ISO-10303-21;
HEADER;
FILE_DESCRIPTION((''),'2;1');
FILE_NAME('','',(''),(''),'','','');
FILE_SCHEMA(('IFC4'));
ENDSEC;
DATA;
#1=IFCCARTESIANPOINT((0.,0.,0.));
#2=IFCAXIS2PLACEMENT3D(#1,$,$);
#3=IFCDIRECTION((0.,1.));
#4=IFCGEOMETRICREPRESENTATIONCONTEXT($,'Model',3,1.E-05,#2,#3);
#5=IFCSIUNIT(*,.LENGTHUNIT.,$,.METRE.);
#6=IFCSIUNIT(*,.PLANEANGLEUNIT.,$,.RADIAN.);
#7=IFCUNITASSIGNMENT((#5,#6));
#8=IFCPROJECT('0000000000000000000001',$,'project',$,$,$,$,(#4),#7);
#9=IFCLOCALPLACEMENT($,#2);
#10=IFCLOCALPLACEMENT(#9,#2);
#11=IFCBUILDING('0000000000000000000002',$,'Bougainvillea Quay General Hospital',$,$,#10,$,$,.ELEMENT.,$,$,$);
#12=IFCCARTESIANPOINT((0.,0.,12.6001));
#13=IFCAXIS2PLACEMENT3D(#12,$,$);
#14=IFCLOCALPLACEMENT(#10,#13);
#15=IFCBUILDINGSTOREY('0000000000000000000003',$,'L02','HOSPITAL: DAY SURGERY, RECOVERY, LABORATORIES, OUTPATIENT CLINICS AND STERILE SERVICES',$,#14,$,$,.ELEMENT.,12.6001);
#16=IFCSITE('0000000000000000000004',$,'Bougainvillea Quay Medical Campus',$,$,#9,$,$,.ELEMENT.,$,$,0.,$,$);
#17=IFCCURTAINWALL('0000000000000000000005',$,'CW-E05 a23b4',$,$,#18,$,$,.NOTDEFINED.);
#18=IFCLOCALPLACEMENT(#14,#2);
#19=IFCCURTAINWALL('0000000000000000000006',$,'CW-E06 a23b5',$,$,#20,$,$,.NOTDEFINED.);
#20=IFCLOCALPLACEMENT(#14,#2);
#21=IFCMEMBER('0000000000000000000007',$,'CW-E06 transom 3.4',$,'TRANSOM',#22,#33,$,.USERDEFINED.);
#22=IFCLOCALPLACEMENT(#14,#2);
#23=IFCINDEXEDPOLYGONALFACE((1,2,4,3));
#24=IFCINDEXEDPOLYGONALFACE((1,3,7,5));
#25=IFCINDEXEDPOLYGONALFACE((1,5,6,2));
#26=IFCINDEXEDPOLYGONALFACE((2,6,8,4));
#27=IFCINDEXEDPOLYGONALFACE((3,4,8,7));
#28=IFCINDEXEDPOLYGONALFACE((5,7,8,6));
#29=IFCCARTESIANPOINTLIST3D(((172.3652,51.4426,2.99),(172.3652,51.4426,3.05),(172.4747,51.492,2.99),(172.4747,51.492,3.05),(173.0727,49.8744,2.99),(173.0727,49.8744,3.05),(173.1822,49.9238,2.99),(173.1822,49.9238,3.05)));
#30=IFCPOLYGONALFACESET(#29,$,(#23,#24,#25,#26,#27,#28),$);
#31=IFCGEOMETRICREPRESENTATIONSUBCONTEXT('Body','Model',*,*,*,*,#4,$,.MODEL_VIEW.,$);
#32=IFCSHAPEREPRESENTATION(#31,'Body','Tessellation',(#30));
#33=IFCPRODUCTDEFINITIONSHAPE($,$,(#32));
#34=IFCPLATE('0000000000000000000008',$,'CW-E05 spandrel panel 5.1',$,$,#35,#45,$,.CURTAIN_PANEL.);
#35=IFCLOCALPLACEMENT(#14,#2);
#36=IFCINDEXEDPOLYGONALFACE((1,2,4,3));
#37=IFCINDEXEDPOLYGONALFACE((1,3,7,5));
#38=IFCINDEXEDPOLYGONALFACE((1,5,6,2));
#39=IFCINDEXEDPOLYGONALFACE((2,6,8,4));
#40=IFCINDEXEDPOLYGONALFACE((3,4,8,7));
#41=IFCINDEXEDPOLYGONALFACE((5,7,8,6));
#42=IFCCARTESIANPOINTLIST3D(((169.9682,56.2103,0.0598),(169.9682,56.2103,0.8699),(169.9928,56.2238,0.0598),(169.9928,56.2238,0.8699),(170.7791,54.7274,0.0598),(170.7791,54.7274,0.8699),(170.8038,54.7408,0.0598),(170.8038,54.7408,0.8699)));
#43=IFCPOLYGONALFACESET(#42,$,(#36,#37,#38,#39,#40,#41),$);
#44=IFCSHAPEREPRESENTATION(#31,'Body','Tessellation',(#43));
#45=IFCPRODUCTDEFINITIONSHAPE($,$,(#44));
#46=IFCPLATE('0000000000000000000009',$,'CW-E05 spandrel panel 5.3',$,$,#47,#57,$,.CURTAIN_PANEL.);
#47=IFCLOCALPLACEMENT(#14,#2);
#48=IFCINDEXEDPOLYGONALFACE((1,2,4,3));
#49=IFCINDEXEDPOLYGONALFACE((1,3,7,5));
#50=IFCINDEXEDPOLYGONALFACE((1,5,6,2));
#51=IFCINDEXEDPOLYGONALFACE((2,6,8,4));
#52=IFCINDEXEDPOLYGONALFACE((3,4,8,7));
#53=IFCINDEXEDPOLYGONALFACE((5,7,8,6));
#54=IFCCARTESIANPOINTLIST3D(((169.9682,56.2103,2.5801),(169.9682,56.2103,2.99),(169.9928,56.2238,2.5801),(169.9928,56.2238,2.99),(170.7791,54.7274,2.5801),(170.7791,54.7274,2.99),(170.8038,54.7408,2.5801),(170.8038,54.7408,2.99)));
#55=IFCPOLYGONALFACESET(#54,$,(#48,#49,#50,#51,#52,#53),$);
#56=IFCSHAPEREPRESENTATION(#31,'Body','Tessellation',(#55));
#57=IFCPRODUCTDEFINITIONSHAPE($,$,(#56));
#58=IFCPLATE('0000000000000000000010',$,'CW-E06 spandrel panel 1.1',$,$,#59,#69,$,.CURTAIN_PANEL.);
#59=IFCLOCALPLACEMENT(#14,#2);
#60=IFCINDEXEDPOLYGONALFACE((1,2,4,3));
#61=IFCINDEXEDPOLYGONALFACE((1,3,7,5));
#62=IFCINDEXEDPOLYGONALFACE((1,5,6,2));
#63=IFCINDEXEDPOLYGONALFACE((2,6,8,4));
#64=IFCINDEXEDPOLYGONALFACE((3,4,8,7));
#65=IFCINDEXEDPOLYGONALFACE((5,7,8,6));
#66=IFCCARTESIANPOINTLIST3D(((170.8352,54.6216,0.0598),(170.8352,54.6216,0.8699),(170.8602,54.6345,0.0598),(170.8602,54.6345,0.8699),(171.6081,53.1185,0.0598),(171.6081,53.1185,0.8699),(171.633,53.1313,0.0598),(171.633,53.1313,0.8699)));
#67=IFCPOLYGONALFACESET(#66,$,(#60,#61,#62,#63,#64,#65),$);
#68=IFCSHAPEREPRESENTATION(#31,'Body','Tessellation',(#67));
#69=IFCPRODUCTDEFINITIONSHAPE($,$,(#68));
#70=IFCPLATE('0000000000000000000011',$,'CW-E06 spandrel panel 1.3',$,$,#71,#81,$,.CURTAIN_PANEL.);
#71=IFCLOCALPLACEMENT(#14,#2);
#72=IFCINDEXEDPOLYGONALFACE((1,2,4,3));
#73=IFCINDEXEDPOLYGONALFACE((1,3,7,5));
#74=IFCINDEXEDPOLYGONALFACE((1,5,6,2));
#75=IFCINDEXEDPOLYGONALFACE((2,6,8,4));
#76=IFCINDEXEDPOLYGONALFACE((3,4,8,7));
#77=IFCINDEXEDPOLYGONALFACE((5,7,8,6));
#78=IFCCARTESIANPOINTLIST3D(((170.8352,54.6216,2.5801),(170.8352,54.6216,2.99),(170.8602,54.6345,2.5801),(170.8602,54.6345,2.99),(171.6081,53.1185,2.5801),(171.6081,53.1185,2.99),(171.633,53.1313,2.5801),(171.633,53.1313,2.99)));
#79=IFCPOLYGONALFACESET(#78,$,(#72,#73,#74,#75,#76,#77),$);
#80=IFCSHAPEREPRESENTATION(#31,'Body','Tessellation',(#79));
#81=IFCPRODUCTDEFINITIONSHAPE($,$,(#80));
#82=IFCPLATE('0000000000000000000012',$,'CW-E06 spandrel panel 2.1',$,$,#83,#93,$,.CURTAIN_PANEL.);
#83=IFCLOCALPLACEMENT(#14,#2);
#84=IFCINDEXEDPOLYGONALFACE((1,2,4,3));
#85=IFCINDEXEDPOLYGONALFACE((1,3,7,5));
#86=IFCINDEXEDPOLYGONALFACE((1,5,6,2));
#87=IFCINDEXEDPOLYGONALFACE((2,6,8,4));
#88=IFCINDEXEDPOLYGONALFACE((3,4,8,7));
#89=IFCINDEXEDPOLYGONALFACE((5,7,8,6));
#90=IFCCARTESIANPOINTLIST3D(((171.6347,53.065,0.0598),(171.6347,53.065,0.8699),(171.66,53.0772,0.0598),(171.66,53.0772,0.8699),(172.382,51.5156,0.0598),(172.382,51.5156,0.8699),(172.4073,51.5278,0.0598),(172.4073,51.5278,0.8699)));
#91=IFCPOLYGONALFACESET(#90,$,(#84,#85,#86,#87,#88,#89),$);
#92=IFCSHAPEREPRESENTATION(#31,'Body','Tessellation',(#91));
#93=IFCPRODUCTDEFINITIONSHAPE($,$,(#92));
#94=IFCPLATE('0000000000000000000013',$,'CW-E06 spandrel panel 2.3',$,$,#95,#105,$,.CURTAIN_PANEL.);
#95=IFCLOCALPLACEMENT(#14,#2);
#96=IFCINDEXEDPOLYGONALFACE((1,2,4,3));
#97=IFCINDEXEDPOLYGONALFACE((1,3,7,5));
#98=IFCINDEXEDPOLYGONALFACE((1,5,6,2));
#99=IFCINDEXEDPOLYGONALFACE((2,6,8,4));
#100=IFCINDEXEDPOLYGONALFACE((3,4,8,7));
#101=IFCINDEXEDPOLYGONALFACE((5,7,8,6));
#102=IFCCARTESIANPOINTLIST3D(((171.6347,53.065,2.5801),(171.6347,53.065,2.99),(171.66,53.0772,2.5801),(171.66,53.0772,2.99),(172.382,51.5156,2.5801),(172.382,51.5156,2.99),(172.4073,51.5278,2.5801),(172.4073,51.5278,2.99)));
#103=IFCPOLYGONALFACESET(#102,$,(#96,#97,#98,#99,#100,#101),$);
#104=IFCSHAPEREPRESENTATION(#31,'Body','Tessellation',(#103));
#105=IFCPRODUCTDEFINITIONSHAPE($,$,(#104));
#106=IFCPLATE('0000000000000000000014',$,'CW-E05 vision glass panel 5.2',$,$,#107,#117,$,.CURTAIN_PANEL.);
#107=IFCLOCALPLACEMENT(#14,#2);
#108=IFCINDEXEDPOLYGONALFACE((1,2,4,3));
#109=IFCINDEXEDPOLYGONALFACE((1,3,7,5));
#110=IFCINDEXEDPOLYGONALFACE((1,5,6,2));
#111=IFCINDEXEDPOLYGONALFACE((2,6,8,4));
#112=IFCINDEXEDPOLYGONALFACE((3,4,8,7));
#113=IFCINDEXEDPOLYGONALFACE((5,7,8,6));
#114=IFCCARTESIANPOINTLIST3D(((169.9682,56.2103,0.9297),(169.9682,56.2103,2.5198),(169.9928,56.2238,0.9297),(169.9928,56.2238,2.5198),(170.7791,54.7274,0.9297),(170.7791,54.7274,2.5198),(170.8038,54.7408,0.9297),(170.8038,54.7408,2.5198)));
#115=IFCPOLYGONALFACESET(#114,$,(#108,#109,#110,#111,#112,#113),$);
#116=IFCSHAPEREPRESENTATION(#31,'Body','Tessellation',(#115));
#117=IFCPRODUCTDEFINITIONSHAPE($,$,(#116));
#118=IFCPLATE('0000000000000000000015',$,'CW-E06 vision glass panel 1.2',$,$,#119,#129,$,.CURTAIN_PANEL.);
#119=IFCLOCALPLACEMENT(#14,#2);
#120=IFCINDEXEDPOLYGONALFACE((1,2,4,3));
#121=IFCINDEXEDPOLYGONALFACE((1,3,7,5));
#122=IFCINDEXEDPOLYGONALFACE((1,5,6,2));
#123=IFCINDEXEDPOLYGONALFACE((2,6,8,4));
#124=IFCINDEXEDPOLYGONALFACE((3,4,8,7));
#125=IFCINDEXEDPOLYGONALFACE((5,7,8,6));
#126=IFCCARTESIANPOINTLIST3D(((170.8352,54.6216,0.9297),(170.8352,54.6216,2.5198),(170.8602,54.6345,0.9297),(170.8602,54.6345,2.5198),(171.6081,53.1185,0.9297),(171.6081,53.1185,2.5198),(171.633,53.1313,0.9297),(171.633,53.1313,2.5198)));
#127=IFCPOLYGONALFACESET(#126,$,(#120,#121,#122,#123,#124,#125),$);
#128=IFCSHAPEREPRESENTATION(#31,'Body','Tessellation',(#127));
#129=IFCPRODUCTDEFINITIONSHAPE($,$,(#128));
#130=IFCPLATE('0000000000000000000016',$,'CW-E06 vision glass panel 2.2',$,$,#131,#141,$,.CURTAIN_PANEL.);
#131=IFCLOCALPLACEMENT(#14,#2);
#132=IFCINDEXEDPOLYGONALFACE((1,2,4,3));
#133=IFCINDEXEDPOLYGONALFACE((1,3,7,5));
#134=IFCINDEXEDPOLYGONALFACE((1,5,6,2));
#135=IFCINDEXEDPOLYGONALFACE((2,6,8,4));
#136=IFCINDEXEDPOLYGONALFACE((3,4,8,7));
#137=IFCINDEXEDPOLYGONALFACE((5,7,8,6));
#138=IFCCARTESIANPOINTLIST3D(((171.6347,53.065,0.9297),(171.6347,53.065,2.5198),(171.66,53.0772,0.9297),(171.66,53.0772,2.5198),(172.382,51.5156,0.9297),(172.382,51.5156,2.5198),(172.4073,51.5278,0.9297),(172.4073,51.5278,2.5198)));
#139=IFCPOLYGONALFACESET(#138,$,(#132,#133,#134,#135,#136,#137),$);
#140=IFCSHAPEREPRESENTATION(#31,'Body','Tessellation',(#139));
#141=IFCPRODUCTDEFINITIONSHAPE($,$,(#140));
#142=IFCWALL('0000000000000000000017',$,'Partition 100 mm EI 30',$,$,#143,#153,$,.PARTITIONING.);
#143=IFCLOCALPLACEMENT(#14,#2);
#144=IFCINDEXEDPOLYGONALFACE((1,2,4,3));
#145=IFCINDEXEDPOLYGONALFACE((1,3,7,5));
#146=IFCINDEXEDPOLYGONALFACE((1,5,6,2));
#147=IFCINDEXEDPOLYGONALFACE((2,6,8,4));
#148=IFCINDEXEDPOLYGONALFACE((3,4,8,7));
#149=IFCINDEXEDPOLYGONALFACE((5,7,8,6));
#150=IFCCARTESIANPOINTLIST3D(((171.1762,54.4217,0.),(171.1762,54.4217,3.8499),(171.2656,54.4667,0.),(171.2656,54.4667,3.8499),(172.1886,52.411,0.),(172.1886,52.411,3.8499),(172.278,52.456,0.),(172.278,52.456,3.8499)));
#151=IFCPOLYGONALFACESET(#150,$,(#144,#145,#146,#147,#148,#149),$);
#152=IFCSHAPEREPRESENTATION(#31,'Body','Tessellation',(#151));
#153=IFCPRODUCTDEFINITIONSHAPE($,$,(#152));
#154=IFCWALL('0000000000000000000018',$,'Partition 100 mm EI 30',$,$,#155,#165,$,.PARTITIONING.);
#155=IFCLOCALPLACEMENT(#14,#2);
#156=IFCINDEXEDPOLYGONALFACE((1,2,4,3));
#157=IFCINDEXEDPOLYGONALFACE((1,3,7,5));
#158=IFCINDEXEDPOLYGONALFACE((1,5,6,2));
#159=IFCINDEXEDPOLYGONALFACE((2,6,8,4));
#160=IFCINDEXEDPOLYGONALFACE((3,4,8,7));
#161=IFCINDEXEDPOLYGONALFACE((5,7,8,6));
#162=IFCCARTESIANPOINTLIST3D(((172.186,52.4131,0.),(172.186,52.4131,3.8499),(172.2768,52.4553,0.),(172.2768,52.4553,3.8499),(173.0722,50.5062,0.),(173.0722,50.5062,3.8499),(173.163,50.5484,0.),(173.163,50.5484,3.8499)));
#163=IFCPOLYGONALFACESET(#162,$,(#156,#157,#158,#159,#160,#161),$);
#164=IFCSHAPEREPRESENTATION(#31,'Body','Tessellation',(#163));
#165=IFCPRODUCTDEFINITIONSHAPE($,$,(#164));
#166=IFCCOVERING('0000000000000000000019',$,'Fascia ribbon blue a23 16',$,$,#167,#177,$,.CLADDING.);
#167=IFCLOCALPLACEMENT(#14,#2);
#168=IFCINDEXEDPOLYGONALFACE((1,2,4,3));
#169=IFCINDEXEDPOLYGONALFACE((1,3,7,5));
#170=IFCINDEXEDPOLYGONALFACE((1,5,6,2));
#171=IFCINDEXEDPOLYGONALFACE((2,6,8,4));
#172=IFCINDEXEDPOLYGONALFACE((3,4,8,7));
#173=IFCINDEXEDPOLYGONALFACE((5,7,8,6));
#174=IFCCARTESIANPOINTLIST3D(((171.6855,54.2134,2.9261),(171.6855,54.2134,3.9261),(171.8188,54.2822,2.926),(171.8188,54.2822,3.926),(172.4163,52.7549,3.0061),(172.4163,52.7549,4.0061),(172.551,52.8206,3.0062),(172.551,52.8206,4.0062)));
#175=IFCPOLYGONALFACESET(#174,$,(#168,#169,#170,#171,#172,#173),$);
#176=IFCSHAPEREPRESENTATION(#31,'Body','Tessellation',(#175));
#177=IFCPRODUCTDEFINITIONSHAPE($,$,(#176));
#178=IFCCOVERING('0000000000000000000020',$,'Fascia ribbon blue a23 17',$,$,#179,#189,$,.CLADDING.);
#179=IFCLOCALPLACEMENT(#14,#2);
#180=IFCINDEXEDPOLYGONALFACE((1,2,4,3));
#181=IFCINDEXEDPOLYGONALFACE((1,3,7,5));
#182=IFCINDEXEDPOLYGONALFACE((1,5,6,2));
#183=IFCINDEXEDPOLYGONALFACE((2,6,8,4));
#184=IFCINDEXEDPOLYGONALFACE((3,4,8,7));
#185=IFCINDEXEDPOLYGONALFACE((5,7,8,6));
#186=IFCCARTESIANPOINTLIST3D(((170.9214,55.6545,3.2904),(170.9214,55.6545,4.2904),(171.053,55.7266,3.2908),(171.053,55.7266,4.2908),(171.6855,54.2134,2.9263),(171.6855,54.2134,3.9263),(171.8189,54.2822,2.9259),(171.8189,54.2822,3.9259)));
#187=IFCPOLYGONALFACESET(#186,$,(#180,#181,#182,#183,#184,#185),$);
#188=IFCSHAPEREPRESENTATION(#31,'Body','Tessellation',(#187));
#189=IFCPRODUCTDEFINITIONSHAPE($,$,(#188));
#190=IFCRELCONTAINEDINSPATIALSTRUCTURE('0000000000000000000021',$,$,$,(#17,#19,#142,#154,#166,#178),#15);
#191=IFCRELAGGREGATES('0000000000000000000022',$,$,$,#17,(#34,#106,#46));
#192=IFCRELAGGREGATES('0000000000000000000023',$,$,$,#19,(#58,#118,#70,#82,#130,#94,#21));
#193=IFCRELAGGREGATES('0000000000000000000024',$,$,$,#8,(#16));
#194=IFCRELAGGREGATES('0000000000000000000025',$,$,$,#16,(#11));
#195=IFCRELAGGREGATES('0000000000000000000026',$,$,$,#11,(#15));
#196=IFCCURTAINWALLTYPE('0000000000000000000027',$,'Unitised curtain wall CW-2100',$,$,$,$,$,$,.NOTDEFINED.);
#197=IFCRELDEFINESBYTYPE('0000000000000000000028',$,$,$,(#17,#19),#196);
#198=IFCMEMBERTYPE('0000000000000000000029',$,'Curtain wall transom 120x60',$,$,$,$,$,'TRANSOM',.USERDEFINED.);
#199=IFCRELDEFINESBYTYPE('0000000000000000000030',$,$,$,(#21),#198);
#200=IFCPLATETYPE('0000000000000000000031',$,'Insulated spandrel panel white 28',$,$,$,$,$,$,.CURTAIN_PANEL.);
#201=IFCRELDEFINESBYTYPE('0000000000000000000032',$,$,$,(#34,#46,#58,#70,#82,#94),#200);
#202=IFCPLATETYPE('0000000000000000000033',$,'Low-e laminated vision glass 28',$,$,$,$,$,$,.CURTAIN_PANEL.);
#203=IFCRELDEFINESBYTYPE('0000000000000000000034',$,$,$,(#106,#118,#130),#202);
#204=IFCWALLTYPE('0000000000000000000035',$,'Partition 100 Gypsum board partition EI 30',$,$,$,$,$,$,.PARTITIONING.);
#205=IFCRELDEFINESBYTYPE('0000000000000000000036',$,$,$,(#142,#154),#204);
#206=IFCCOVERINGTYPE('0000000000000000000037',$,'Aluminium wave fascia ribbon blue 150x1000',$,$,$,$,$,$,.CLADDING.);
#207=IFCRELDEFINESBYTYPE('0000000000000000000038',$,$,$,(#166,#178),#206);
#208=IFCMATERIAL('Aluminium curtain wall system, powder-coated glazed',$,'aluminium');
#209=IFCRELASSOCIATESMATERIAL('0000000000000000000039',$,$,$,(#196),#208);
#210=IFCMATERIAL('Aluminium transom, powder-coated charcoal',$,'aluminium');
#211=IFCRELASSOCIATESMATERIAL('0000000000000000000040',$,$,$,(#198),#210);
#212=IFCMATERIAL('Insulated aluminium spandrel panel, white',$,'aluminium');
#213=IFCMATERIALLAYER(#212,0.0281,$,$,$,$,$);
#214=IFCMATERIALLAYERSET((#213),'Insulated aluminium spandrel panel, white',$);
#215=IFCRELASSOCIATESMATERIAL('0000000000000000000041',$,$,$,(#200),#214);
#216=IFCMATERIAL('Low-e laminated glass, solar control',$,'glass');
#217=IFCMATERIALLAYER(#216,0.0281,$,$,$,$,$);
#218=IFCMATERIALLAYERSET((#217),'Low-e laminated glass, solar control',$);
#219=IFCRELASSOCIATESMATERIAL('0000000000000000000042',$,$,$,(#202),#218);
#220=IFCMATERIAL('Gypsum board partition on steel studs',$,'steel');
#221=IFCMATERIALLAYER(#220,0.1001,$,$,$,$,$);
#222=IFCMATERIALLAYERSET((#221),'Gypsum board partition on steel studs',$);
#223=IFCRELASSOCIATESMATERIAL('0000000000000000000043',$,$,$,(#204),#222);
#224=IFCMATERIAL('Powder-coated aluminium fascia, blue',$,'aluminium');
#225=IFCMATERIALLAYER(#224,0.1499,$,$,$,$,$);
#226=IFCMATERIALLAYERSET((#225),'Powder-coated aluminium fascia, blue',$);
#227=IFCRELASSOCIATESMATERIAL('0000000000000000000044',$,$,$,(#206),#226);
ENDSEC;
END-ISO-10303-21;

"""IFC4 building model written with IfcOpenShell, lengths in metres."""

from ifc_helpers import new_model, si_unit, direction, frame, frame_2d, origin, origin_2d, place, context, subcontext, project, spatial, polyline, rectangle, outline, extrude, material, layer, layer_set, material_profile, profile_set, type_object, element, aggregate, save


model = new_model("IFC4")

# Units and contexts
model_context = context("Model", 3, precision=1e-05, world=origin(), true_north=direction((0.0, 1.0)))
body_context = subcontext(model_context, "Body", "Model", "MODEL_VIEW")
ifc_project = project(units=[si_unit("LENGTHUNIT", "METRE"), si_unit("PLANEANGLEUNIT", "RADIAN")], contexts=[model_context])

# Site, building, storey
site_placement = place(None, origin())
site = spatial("IfcSite", under=ifc_project, at=site_placement, Name="Bougainvillea Quay Medical Campus", CompositionType="ELEMENT", RefElevation=0.0)
building_placement = place(site_placement, origin())
building = spatial("IfcBuilding", under=site, at=building_placement, Name="Bougainvillea Quay General Hospital", CompositionType="ELEMENT")
storey_placement = place(building_placement, frame((0.0, 0.0, 12.6001)))
storey = spatial("IfcBuildingStorey", under=building, at=storey_placement, Name="L02", Description="HOSPITAL: DAY SURGERY, RECOVERY, LABORATORIES, OUTPATIENT CLINICS AND STERILE SERVICES", CompositionType="ELEMENT", Elevation=12.6001)

# Curtain wall
ifc_material_1 = material(Name="Aluminium curtain wall system, powder-coated glazed", Category="aluminium")
curtain_wall_type = type_object("IfcCurtainWallType", Name="Unitised curtain wall CW-2100", PredefinedType="NOTDEFINED", material=ifc_material_1)
curtain_wall_1_placement = place(storey_placement, origin())
curtain_wall_1 = element("IfcCurtainWall", 1, at=curtain_wall_1_placement, inside=storey, type_object=curtain_wall_type, Name="CW-E05 a23b4", PredefinedType="NOTDEFINED")

# Curtain wall, member
curtain_wall_2_placement = place(storey_placement, origin())
curtain_wall_2 = element("IfcCurtainWall", 2, at=curtain_wall_2_placement, inside=storey, type_object=curtain_wall_type, Name="CW-E06 a23b5", PredefinedType="NOTDEFINED")
ifc_material_2 = material(Name="Aluminium transom, powder-coated charcoal", Category="aluminium")
ifc_material_profile_1 = material_profile(ifc_material_2, rectangle(XDim=0.1201, YDim=0.0601, at=origin_2d()))
ifc_profile_set_1 = profile_set([ifc_material_profile_1], Name="Aluminium transom, powder-coated charcoal")
member_type_1 = type_object("IfcMemberType", Name="Curtain wall transom 120x60", ElementType="TRANSOM", PredefinedType="USERDEFINED", material=ifc_profile_set_1)
member_1_placement = place(storey_placement, frame((172.4199, 51.4673, 3.02), z_axis=(0.411267, -0.911515, 0.0), x_axis=(0.911515, 0.411267, 0.0)))
member_1 = element("IfcMember", 3, at=member_1_placement, type_object=member_type_1, Name="CW-E06 transom 3.4", ObjectType="TRANSOM", PredefinedType="USERDEFINED", context=body_context, shape_type="SweptSolid", body=[
    extrude(rectangle(XDim=0.1201, YDim=0.0601, at=origin_2d()), origin(), (0.0, 0.0, 1.0), 1.7205),
])

# Plates
ifc_material_3 = material(Name="Insulated aluminium spandrel panel, white", Category="aluminium")
ifc_layer_1 = layer(ifc_material_3, 0.0281)
ifc_layer_set_1 = layer_set([ifc_layer_1], Name="Insulated aluminium spandrel panel, white")
plate_type_1 = type_object("IfcPlateType", Name="Insulated spandrel panel white 28", PredefinedType="CURTAIN_PANEL", material=ifc_layer_set_1)
plate_1_placement = place(storey_placement, frame((170.386, 55.4756, 0.0598), z_axis=(0.0, 0.0, 1.0), x_axis=(0.479783, -0.877387, 0.0)))
plate_1 = element("IfcPlate", 4, at=plate_1_placement, type_object=plate_type_1, Name="CW-E05 spandrel panel 5.1", PredefinedType="CURTAIN_PANEL", context=body_context, shape_type="SweptSolid", body=[
    extrude(rectangle(XDim=1.6902, YDim=0.0281, at=origin_2d()), origin(), (0.0, 0.0, 1.0), 0.8101),
])
plate_2_placement = place(storey_placement, frame((170.386, 55.4756, 2.5801), z_axis=(0.0, 0.0, 1.0), x_axis=(0.479783, -0.877387, 0.0)))
plate_2 = element("IfcPlate", 5, at=plate_2_placement, type_object=plate_type_1, Name="CW-E05 spandrel panel 5.3", PredefinedType="CURTAIN_PANEL", context=body_context, shape_type="SweptSolid", body=[
    extrude(rectangle(XDim=1.6902, YDim=0.0281, at=origin_2d()), origin(), (0.0, 0.0, 1.0), 0.4099),
])
plate_3_placement = place(storey_placement, frame((171.2341, 53.8765, 0.0598), z_axis=(0.0, 0.0, 1.0), x_axis=(0.457235, -0.889346, 0.0)))
plate_3 = element("IfcPlate", 6, at=plate_3_placement, type_object=plate_type_1, Name="CW-E06 spandrel panel 1.1", PredefinedType="CURTAIN_PANEL", context=body_context, shape_type="SweptSolid", body=[
    extrude(rectangle(XDim=1.6902, YDim=0.0281, at=origin_2d()), origin(), (0.0, 0.0, 1.0), 0.8101),
])
plate_4_placement = place(storey_placement, frame((171.2341, 53.8765, 2.5801), z_axis=(0.0, 0.0, 1.0), x_axis=(0.457235, -0.889346, 0.0)))
plate_4 = element("IfcPlate", 7, at=plate_4_placement, type_object=plate_type_1, Name="CW-E06 spandrel panel 1.3", PredefinedType="CURTAIN_PANEL", context=body_context, shape_type="SweptSolid", body=[
    extrude(rectangle(XDim=1.6902, YDim=0.0281, at=origin_2d()), origin(), (0.0, 0.0, 1.0), 0.4099),
])
plate_5_placement = place(storey_placement, frame((172.021, 52.2964, 0.0598), z_axis=(0.0, 0.0, 1.0), x_axis=(0.434389, -0.900726, 0.0)))
plate_5 = element("IfcPlate", 8, at=plate_5_placement, type_object=plate_type_1, Name="CW-E06 spandrel panel 2.1", PredefinedType="CURTAIN_PANEL", context=body_context, shape_type="SweptSolid", body=[
    extrude(rectangle(XDim=1.7202, YDim=0.0281, at=origin_2d()), origin(), (0.0, 0.0, 1.0), 0.8101),
])
plate_6_placement = place(storey_placement, frame((172.021, 52.2964, 2.5801), z_axis=(0.0, 0.0, 1.0), x_axis=(0.434389, -0.900726, 0.0)))
plate_6 = element("IfcPlate", 9, at=plate_6_placement, type_object=plate_type_1, Name="CW-E06 spandrel panel 2.3", PredefinedType="CURTAIN_PANEL", context=body_context, shape_type="SweptSolid", body=[
    extrude(rectangle(XDim=1.7202, YDim=0.0281, at=origin_2d()), origin(), (0.0, 0.0, 1.0), 0.4099),
])
ifc_material_4 = material(Name="Low-e laminated glass, solar control", Category="glass")
ifc_layer_2 = layer(ifc_material_4, 0.0281)
ifc_layer_set_2 = layer_set([ifc_layer_2], Name="Low-e laminated glass, solar control")
plate_type_2 = type_object("IfcPlateType", Name="Low-e laminated vision glass 28", PredefinedType="CURTAIN_PANEL", material=ifc_layer_set_2)
plate_7_placement = place(storey_placement, frame((170.386, 55.4756, 0.9297), z_axis=(0.0, 0.0, 1.0), x_axis=(0.479783, -0.877387, 0.0)))
plate_7 = element("IfcPlate", 10, at=plate_7_placement, type_object=plate_type_2, Name="CW-E05 vision glass panel 5.2", PredefinedType="CURTAIN_PANEL", context=body_context, shape_type="SweptSolid", body=[
    extrude(rectangle(XDim=1.6902, YDim=0.0281, at=origin_2d()), origin(), (0.0, 0.0, 1.0), 1.5901),
])
aggregate(curtain_wall_1, [plate_1, plate_7, plate_2])
plate_8_placement = place(storey_placement, frame((171.2341, 53.8765, 0.9297), z_axis=(0.0, 0.0, 1.0), x_axis=(0.457235, -0.889346, 0.0)))
plate_8 = element("IfcPlate", 11, at=plate_8_placement, type_object=plate_type_2, Name="CW-E06 vision glass panel 1.2", PredefinedType="CURTAIN_PANEL", context=body_context, shape_type="SweptSolid", body=[
    extrude(rectangle(XDim=1.6902, YDim=0.0281, at=origin_2d()), origin(), (0.0, 0.0, 1.0), 1.5901),
])
plate_9_placement = place(storey_placement, frame((172.021, 52.2964, 0.9297), z_axis=(0.0, 0.0, 1.0), x_axis=(0.434389, -0.900726, 0.0)))
plate_9 = element("IfcPlate", 12, at=plate_9_placement, type_object=plate_type_2, Name="CW-E06 vision glass panel 2.2", PredefinedType="CURTAIN_PANEL", context=body_context, shape_type="SweptSolid", body=[
    extrude(rectangle(XDim=1.7202, YDim=0.0281, at=origin_2d()), origin(), (0.0, 0.0, 1.0), 1.5901),
])
aggregate(curtain_wall_2, [plate_3, plate_8, plate_4, plate_5, plate_9, plate_6, member_1])

# Walls
ifc_material_5 = material(Name="Gypsum board partition on steel studs", Category="steel")
ifc_layer_3 = layer(ifc_material_5, 0.1001)
ifc_layer_set_3 = layer_set([ifc_layer_3], Name="Gypsum board partition on steel studs")
wall_type = type_object("IfcWallType", Name="Partition 100 Gypsum board partition EI 30", PredefinedType="PARTITIONING", material=ifc_layer_set_3)
wall_1_placement = place(storey_placement, frame((171.2209, 54.4441, 0.0), z_axis=(0.0, 0.0, 1.0), x_axis=(0.449728, -0.893166, 0.0)))
element("IfcWall", 13, at=wall_1_placement, inside=storey, type_object=wall_type, Name="Partition 100 mm EI 30", PredefinedType="PARTITIONING", context=body_context, shape_type="SweptSolid", body=[
    extrude(rectangle(XDim=2.2512, YDim=0.1001, at=frame_2d((1.1255, 0.0))), origin(), (0.0, 0.0, 1.0), 3.8499),
])
wall_2_placement = place(storey_placement, frame((172.2314, 52.4341, 0.0), z_axis=(0.0, 0.0, 1.0), x_axis=(0.421442, -0.906855, 0.0)))
element("IfcWall", 14, at=wall_2_placement, inside=storey, type_object=wall_type, Name="Partition 100 mm EI 30", PredefinedType="PARTITIONING", context=body_context, shape_type="SweptSolid", body=[
    extrude(rectangle(XDim=2.1028, YDim=0.1001, at=frame_2d((1.0513, 0.0))), origin(), (0.0, 0.0, 1.0), 3.8499),
])

# Coverings
ifc_material_6 = material(Name="Powder-coated aluminium fascia, blue", Category="aluminium")
ifc_layer_4 = layer(ifc_material_6, 0.1499)
ifc_layer_set_4 = layer_set([ifc_layer_4], Name="Powder-coated aluminium fascia, blue")
covering_type = type_object("IfcCoveringType", Name="Aluminium wave fascia ribbon blue 150x1000", PredefinedType="CLADDING", material=ifc_layer_set_4)
covering_1_placement = place(storey_placement, frame((172.4163, 52.7549, 3.0061), z_axis=(-0.021967, 0.043774, 0.9988), x_axis=(-0.447394, 0.892995, -0.048977)))
element("IfcCovering", 15, at=covering_1_placement, inside=storey, type_object=covering_type, Name="Fascia ribbon blue a23 16", PredefinedType="CLADDING", context=body_context, shape_type="SweptSolid", body=[
    extrude(outline(polyline([(0.0, 0.0), (1.6333, 0.0), (1.6351, -0.15), (-0.0016, -0.1499), (0.0, 0.0)])), origin(), (-0.048977, -0.000032, 0.9988), 1.0),
])
covering_2_placement = place(storey_placement, frame((171.6855, 54.2134, 2.9263), z_axis=(0.102286, -0.19234, 0.975983), x_axis=(-0.457207, 0.862267, 0.217846)))
element("IfcCovering", 16, at=covering_2_placement, inside=storey, type_object=covering_type, Name="Fascia ribbon blue a23 17", PredefinedType="CLADDING", context=body_context, shape_type="SweptSolid", body=[
    extrude(outline(polyline([(0.0, 0.0), (1.6713, 0.0), (1.6734, -0.15), (-0.0017, -0.15), (0.0, 0.0)])), origin(), (0.217846, 0.000258, 0.975983), 1.0),
])

save(model, "model.ifc")
